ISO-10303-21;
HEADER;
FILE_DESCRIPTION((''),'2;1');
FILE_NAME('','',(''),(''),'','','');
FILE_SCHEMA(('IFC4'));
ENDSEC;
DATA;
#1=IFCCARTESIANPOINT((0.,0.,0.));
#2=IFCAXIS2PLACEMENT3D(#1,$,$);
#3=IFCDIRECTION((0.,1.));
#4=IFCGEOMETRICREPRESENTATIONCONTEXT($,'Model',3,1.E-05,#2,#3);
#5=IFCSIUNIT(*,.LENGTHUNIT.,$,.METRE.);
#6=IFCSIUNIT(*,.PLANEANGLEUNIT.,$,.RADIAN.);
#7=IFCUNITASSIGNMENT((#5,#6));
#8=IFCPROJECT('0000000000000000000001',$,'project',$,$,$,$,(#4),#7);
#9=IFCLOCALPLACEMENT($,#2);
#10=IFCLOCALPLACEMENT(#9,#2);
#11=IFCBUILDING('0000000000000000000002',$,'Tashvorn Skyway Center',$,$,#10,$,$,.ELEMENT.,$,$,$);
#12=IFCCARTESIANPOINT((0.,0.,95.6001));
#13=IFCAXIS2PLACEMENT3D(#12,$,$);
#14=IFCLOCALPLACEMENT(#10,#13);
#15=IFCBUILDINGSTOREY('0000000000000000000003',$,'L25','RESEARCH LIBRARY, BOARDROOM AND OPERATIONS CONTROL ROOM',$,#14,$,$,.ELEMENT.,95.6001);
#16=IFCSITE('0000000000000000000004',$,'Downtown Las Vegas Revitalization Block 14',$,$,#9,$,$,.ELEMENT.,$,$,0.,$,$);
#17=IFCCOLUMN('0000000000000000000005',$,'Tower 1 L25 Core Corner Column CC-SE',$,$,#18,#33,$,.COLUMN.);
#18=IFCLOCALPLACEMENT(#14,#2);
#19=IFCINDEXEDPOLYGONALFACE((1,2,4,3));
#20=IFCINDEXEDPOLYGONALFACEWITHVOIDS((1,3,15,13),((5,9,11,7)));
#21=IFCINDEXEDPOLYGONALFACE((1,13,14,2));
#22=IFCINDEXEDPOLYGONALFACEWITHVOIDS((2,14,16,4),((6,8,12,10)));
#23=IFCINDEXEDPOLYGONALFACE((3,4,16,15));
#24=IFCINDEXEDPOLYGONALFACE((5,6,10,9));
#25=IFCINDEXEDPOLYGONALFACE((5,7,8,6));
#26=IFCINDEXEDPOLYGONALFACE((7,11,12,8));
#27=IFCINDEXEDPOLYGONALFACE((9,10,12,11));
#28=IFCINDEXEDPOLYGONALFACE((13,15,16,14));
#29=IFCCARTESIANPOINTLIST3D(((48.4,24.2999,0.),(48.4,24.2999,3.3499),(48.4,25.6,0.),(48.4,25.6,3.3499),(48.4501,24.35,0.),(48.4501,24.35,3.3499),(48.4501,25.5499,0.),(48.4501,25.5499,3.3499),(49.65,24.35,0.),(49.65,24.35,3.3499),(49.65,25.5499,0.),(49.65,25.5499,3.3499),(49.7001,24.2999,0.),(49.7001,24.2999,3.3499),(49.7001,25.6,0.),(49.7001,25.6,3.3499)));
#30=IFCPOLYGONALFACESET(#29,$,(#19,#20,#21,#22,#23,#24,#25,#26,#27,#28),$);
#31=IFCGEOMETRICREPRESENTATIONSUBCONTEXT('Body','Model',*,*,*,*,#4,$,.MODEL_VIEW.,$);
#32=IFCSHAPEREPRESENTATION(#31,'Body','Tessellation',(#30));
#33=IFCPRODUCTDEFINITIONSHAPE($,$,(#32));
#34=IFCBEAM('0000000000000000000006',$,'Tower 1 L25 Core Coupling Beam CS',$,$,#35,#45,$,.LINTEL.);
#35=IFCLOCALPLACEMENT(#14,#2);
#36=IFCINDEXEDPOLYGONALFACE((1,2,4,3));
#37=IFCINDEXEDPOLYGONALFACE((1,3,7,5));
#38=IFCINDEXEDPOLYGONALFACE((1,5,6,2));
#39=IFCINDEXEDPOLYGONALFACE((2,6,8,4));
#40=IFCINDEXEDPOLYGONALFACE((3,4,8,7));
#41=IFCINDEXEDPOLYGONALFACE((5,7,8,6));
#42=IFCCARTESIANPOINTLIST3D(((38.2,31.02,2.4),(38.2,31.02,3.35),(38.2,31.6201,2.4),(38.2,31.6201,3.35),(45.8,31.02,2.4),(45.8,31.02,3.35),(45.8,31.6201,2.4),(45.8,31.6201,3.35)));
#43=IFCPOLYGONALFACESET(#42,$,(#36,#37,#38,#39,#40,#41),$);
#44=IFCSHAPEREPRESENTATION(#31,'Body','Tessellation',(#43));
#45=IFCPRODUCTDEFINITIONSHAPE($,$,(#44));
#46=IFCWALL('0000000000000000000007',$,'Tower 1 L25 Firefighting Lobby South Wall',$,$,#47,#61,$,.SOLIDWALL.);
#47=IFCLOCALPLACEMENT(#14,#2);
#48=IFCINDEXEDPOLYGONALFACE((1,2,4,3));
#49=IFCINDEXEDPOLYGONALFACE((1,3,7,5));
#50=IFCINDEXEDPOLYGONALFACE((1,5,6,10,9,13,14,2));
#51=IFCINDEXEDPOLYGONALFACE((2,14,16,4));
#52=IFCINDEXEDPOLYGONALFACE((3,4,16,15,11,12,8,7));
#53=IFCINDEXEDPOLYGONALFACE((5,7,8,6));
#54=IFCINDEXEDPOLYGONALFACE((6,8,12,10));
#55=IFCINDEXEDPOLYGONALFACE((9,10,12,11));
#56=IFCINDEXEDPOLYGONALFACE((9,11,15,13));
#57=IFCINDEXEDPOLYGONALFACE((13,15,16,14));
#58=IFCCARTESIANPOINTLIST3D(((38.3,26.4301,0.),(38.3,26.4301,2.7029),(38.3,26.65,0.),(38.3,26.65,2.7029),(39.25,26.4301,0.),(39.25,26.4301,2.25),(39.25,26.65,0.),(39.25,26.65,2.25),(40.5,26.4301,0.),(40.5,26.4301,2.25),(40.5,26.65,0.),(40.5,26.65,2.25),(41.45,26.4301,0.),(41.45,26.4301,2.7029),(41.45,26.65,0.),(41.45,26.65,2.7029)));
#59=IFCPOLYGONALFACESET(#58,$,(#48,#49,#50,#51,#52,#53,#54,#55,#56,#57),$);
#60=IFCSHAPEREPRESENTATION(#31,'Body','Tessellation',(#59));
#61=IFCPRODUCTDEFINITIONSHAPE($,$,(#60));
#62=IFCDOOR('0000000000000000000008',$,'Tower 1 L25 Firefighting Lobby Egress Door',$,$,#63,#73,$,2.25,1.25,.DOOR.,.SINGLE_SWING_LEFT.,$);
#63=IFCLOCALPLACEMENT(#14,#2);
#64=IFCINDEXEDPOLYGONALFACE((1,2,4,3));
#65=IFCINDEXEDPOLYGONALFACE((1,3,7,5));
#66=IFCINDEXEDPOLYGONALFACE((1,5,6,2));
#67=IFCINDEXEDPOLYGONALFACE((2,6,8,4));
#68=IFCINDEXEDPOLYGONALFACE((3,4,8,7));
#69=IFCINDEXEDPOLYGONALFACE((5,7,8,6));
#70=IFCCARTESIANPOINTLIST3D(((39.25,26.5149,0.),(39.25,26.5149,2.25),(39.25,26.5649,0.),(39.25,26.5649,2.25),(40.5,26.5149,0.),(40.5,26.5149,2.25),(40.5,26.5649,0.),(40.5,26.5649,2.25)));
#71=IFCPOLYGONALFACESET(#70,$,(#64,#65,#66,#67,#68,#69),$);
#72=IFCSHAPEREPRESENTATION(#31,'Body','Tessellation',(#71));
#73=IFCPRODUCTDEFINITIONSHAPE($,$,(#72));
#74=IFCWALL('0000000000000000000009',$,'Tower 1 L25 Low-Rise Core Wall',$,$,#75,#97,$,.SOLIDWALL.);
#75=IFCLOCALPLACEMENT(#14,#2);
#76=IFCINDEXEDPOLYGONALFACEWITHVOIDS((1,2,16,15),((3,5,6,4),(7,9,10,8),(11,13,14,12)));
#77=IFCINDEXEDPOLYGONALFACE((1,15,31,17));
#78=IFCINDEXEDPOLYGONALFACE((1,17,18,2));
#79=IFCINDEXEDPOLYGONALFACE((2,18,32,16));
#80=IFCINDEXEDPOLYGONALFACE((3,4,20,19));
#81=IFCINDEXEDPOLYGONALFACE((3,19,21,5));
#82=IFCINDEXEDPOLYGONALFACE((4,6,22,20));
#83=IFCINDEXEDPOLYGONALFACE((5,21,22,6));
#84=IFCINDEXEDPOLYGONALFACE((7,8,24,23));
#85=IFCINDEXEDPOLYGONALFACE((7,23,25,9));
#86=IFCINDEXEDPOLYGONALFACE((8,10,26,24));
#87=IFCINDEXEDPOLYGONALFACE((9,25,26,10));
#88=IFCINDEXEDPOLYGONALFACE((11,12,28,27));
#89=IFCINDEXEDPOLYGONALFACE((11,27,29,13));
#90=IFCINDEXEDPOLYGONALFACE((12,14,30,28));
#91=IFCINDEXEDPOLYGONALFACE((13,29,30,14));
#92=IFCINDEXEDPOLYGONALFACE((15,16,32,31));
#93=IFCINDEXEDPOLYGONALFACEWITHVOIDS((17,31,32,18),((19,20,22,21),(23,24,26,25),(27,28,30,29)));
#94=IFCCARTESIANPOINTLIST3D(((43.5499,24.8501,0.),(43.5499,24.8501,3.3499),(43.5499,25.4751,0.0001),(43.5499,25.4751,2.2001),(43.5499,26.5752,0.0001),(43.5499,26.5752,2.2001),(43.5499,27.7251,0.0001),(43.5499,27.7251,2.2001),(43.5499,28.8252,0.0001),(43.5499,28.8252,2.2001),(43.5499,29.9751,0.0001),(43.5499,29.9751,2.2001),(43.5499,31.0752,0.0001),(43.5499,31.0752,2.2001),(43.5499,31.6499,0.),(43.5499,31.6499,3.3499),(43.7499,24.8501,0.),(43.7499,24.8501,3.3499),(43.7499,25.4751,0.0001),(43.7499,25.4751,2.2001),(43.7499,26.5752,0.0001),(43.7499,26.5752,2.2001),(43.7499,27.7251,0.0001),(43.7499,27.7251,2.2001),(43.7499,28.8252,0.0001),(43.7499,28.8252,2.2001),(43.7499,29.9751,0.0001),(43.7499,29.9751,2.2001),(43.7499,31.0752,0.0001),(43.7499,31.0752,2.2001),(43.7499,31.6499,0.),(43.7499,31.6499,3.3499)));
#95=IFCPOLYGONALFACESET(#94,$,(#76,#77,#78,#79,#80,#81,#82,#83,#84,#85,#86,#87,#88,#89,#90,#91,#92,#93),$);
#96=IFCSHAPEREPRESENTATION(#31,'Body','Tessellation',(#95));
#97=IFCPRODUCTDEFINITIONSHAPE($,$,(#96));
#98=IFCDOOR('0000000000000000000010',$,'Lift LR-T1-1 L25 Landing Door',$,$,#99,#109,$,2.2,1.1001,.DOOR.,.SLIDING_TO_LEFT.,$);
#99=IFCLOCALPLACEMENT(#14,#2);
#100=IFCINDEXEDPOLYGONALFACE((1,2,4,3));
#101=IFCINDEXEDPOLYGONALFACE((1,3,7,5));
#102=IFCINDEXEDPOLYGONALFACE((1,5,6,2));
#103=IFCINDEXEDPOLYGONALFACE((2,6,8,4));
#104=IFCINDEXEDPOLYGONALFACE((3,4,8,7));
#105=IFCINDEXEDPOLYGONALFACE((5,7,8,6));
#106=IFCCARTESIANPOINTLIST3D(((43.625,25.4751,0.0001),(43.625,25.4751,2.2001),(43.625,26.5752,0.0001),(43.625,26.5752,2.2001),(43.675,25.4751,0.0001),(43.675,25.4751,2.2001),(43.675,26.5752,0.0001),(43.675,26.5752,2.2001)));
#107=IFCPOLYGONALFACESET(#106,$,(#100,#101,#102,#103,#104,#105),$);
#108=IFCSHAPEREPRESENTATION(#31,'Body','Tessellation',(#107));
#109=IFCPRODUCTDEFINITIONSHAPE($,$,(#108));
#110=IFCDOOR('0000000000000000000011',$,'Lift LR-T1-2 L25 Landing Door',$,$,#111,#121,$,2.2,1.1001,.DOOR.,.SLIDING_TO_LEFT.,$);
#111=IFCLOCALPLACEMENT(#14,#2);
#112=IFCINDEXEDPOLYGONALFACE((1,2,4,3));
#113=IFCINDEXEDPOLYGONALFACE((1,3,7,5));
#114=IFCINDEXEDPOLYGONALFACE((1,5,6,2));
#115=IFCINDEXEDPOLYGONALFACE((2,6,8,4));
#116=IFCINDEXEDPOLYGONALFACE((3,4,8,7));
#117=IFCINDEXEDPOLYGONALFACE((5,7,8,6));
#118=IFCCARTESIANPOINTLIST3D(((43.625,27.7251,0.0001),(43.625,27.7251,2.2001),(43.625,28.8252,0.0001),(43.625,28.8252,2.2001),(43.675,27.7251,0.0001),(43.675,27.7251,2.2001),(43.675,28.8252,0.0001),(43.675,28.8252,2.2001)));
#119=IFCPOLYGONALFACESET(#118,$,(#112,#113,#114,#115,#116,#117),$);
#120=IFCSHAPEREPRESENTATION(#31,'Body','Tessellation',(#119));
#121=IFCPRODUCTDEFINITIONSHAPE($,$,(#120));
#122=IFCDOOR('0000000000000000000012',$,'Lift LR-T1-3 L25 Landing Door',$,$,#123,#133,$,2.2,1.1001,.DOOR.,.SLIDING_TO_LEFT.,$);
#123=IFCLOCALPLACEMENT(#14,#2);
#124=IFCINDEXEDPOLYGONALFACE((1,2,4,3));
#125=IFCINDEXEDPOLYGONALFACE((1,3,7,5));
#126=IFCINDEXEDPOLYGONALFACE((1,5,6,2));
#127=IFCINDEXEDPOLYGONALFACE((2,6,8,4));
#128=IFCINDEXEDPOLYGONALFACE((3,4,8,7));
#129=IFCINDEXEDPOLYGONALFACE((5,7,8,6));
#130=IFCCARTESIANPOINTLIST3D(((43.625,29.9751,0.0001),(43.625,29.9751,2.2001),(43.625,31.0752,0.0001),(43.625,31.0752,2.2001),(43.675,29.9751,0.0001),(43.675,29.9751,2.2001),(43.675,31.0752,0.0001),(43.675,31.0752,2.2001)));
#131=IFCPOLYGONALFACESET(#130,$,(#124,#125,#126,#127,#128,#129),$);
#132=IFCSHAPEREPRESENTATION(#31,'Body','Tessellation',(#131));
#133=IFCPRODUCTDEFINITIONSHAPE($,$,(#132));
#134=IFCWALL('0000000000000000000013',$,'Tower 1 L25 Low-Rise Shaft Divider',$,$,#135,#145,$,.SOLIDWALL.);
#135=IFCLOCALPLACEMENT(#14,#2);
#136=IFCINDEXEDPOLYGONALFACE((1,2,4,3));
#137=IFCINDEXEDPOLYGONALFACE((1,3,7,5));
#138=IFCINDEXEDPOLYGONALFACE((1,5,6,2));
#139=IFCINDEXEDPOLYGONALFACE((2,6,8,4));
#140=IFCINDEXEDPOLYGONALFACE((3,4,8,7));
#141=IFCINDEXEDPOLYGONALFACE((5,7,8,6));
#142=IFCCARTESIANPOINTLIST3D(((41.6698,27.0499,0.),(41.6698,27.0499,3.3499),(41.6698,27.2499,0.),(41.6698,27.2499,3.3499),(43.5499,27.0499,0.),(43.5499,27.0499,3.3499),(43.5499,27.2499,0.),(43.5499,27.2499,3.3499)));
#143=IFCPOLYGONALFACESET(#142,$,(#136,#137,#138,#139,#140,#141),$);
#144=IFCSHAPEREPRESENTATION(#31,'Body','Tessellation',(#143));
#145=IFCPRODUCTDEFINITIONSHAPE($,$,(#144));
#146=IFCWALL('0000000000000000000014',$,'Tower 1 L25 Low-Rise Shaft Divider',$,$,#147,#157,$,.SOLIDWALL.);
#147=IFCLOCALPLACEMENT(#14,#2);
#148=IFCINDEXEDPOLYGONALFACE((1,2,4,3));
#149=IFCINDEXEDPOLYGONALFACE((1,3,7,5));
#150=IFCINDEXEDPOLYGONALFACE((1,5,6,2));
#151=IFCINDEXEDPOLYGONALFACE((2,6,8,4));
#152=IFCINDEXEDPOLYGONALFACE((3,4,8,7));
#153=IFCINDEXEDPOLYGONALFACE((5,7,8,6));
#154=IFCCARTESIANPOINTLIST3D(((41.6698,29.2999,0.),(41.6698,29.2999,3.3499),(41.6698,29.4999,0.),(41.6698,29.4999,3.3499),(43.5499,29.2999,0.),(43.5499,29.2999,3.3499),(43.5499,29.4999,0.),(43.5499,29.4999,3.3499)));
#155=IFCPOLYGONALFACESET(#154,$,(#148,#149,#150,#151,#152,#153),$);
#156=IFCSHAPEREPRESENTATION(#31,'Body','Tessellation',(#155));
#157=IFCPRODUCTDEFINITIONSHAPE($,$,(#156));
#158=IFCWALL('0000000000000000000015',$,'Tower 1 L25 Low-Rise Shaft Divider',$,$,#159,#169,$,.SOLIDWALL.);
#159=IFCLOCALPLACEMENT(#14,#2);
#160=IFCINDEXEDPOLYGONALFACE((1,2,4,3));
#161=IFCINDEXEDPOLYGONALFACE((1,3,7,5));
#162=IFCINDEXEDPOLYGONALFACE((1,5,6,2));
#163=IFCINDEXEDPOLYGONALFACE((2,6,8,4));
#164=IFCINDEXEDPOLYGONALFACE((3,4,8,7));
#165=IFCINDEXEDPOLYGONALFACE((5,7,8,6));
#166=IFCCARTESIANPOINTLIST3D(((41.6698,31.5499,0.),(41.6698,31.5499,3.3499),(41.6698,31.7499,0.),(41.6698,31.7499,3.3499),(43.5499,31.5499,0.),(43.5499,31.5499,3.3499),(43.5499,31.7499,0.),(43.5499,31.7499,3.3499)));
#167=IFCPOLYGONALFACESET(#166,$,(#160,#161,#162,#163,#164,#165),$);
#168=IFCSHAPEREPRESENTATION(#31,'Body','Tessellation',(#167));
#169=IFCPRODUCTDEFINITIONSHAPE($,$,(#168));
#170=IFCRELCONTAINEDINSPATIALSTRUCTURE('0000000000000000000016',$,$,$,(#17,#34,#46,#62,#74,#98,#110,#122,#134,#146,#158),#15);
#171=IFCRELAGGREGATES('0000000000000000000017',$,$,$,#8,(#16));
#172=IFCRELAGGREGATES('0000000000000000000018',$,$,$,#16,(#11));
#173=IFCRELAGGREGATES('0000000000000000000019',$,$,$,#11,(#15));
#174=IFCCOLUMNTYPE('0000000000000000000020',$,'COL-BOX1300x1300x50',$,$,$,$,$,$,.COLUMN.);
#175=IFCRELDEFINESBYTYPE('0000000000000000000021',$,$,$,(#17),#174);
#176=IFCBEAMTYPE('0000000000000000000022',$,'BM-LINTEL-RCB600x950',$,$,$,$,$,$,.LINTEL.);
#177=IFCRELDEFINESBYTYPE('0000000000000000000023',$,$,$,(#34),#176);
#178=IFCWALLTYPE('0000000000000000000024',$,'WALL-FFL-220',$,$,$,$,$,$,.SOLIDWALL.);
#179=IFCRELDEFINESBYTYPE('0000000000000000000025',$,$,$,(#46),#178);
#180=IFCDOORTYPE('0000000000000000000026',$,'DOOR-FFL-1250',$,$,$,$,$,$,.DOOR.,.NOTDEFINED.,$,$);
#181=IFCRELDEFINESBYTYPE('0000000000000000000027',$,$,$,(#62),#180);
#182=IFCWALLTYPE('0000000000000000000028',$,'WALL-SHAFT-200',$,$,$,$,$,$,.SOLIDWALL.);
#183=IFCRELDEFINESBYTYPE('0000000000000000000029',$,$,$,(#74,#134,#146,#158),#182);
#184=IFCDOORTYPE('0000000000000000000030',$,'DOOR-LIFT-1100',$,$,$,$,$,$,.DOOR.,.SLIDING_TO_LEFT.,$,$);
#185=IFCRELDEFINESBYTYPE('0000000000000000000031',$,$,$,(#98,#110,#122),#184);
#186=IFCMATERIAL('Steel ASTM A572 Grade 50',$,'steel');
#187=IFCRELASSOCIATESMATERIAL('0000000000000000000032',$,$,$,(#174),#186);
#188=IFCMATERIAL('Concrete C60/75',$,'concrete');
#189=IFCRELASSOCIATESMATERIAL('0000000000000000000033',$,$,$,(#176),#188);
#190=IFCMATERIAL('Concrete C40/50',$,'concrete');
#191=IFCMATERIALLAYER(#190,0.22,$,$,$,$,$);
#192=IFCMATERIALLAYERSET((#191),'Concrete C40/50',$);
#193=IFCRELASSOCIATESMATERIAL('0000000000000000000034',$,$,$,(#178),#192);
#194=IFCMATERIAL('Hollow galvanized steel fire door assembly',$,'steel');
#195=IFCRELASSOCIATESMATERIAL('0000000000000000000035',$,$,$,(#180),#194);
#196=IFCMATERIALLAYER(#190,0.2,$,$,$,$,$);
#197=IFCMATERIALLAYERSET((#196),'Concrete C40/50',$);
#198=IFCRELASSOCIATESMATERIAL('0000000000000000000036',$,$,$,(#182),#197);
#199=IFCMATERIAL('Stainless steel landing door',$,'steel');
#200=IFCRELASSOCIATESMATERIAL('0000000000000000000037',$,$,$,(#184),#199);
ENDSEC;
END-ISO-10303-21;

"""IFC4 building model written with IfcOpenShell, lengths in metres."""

from ifc_helpers import new_model, si_unit, direction, frame, frame_2d, origin, origin_2d, place, context, subcontext, project, spatial, rectangle, hollow_rectangle, extrude, material, layer, layer_set, material_profile, profile_set, type_object, element, fill, save


model = new_model("IFC4")

# Units and contexts
model_context = context("Model", 3, precision=1e-05, world=origin(), true_north=direction((0.0, 1.0)))
body_context = subcontext(model_context, "Body", "Model", "MODEL_VIEW")
ifc_project = project(units=[si_unit("LENGTHUNIT", "METRE"), si_unit("PLANEANGLEUNIT", "RADIAN")], contexts=[model_context])

# Site, building, storey
site_placement = place(None, origin())
site = spatial("IfcSite", under=ifc_project, at=site_placement, Name="Downtown Las Vegas Revitalization Block 14", CompositionType="ELEMENT", RefElevation=0.0)
building_placement = place(site_placement, origin())
building = spatial("IfcBuilding", under=site, at=building_placement, Name="Tashvorn Skyway Center", CompositionType="ELEMENT")
storey_placement = place(building_placement, frame((0.0, 0.0, 95.6001)))
storey = spatial("IfcBuildingStorey", under=building, at=storey_placement, Name="L25", Description="RESEARCH LIBRARY, BOARDROOM AND OPERATIONS CONTROL ROOM", CompositionType="ELEMENT", Elevation=95.6001)

# Column
ifc_material_1 = material(Name="Steel ASTM A572 Grade 50", Category="steel")
ifc_material_profile_1 = material_profile(ifc_material_1, hollow_rectangle(XDim=1.3, YDim=1.3, WallThickness=0.05, at=origin_2d()), Name="BOX1300x1300x50")
ifc_profile_set_1 = profile_set([ifc_material_profile_1], Name="Steel ASTM A572 Grade 50")
column_type = type_object("IfcColumnType", Name="COL-BOX1300x1300x50", PredefinedType="COLUMN", material=ifc_profile_set_1)
column_placement = place(storey_placement, frame((49.05, 24.95, 0.0), z_axis=(0.0, 0.0, 1.0), x_axis=(1.0, 0.0, 0.0)))
element("IfcColumn", 1, at=column_placement, inside=storey, type_object=column_type, Name="Tower 1 L25 Core Corner Column CC-SE", PredefinedType="COLUMN", context=body_context, shape_type="SweptSolid", body=[
    extrude(hollow_rectangle(XDim=1.3, YDim=1.3, WallThickness=0.05, at=origin_2d()), origin(), (0.0, 0.0, 1.0), 3.3499),
])

# Beam
ifc_material_2 = material(Name="Concrete C60/75", Category="concrete")
ifc_material_profile_2 = material_profile(ifc_material_2, rectangle(XDim=0.6001, YDim=0.95, at=origin_2d()), Name="RCB600x950")
ifc_profile_set_2 = profile_set([ifc_material_profile_2], Name="Concrete C60/75")
beam_type = type_object("IfcBeamType", Name="BM-LINTEL-RCB600x950", PredefinedType="LINTEL", material=ifc_profile_set_2)
beam_placement = place(storey_placement, frame((38.2, 31.3201, 2.875), z_axis=(1.0, 0.0, 0.0), x_axis=(0.0, 1.0, 0.0)))
element("IfcBeam", 2, at=beam_placement, inside=storey, type_object=beam_type, Name="Tower 1 L25 Core Coupling Beam CS", PredefinedType="LINTEL", context=body_context, shape_type="SweptSolid", body=[
    extrude(rectangle(XDim=0.6001, YDim=0.95, at=origin_2d()), origin(), (0.0, 0.0, 1.0), 7.6001),
])

# Wall, opening, door
ifc_material_3 = material(Name="Concrete C40/50", Category="concrete")
ifc_layer_1 = layer(ifc_material_3, 0.22)
ifc_layer_set_1 = layer_set([ifc_layer_1], Name="Concrete C40/50")
wall_type_1 = type_object("IfcWallType", Name="WALL-FFL-220", PredefinedType="SOLIDWALL", material=ifc_layer_set_1)
wall_1_placement = place(storey_placement, frame((38.3, 26.54, 0.0), z_axis=(0.0, 0.0, 1.0), x_axis=(1.0, 0.0, 0.0)))
wall_1 = element("IfcWall", 3, at=wall_1_placement, inside=storey, type_object=wall_type_1, Name="Tower 1 L25 Firefighting Lobby South Wall", PredefinedType="SOLIDWALL", context=body_context, shape_type="SweptSolid", body=[
    extrude(rectangle(XDim=3.1499, YDim=0.22, at=frame_2d((1.575, 0.0))), origin(), (0.0, 0.0, 1.0), 2.7029),
])
opening_1_placement = place(wall_1_placement, frame((0.95, 0.0, 0.0)))
opening_1 = element("IfcOpeningElement", 4, at=opening_1_placement, cuts=wall_1, PredefinedType="OPENING", context=body_context, shape_type="SweptSolid", body=[
    extrude(rectangle(XDim=1.25, YDim=2.25, at=frame_2d((0.625, 1.125))), frame((0.0, 0.1199, 0.0), z_axis=(0.0, -1.0, 0.0), x_axis=(1.0, 0.0, 0.0)), (0.0, 0.0, 1.0), 0.24),
])
ifc_material_4 = material(Name="Hollow galvanized steel fire door assembly", Category="steel")
door_type_1 = type_object("IfcDoorType", Name="DOOR-FFL-1250", OperationType="NOTDEFINED", PredefinedType="DOOR", material=ifc_material_4)
door_1_placement = place(opening_1_placement, origin())
door_1 = element("IfcDoor", 5, at=door_1_placement, inside=storey, type_object=door_type_1, Name="Tower 1 L25 Firefighting Lobby Egress Door", OperationType="SINGLE_SWING_LEFT", OverallHeight=2.25, OverallWidth=1.25, PredefinedType="DOOR", context=body_context, shape_type="SweptSolid", body=[
    extrude(rectangle(XDim=1.25, YDim=2.25, at=frame_2d((0.625, 1.125))), frame((0.0, 0.0249, 0.0), z_axis=(0.0, -1.0, 0.0), x_axis=(1.0, 0.0, 0.0)), (0.0, 0.0, 1.0), 0.05),
])
fill(opening_1, door_1)

# Wall, openings, doors
ifc_layer_2 = layer(ifc_material_3, 0.2)
ifc_layer_set_2 = layer_set([ifc_layer_2], Name="Concrete C40/50")
wall_type_2 = type_object("IfcWallType", Name="WALL-SHAFT-200", PredefinedType="SOLIDWALL", material=ifc_layer_set_2)
wall_2_placement = place(storey_placement, frame((43.6499, 24.8501, 0.0), z_axis=(0.0, 0.0, 1.0), x_axis=(0.0, 1.0, 0.0)))
wall_2 = element("IfcWall", 6, at=wall_2_placement, inside=storey, type_object=wall_type_2, Name="Tower 1 L25 Low-Rise Core Wall", PredefinedType="SOLIDWALL", context=body_context, shape_type="SweptSolid", body=[
    extrude(rectangle(XDim=6.7998, YDim=0.2, at=frame_2d((3.3999, 0.0))), origin(), (0.0, 0.0, 1.0), 3.3499),
])
opening_2_placement = place(wall_2_placement, frame((0.625, 0.0, 0.0)))
opening_2 = element("IfcOpeningElement", 7, at=opening_2_placement, cuts=wall_2, PredefinedType="OPENING", context=body_context, shape_type="SweptSolid", body=[
    extrude(rectangle(XDim=1.1001, YDim=2.2, at=frame_2d((0.55, 1.1001))), frame((0.0, 0.1099, 0.0), z_axis=(0.0, -1.0, 0.0), x_axis=(1.0, 0.0, 0.0)), (0.0, 0.0, 1.0), 0.22),
])
opening_3_placement = place(wall_2_placement, frame((2.875, 0.0, 0.0)))
opening_3 = element("IfcOpeningElement", 8, at=opening_3_placement, cuts=wall_2, PredefinedType="OPENING", context=body_context, shape_type="SweptSolid", body=[
    extrude(rectangle(XDim=1.1001, YDim=2.2, at=frame_2d((0.55, 1.1001))), frame((0.0, 0.1099, 0.0), z_axis=(0.0, -1.0, 0.0), x_axis=(1.0, 0.0, 0.0)), (0.0, 0.0, 1.0), 0.22),
])
opening_4_placement = place(wall_2_placement, frame((5.125, 0.0, 0.0)))
opening_4 = element("IfcOpeningElement", 9, at=opening_4_placement, cuts=wall_2, PredefinedType="OPENING", context=body_context, shape_type="SweptSolid", body=[
    extrude(rectangle(XDim=1.1001, YDim=2.2, at=frame_2d((0.55, 1.1001))), frame((0.0, 0.1099, 0.0), z_axis=(0.0, -1.0, 0.0), x_axis=(1.0, 0.0, 0.0)), (0.0, 0.0, 1.0), 0.22),
])
ifc_material_5 = material(Name="Stainless steel landing door", Category="steel")
door_type_2 = type_object("IfcDoorType", Name="DOOR-LIFT-1100", OperationType="SLIDING_TO_LEFT", PredefinedType="DOOR", material=ifc_material_5)
door_2_placement = place(opening_2_placement, origin())
door_2 = element("IfcDoor", 10, at=door_2_placement, inside=storey, type_object=door_type_2, Name="Lift LR-T1-1 L25 Landing Door", OperationType="SLIDING_TO_LEFT", OverallHeight=2.2, OverallWidth=1.1001, PredefinedType="DOOR", context=body_context, shape_type="SweptSolid", body=[
    extrude(rectangle(XDim=1.1001, YDim=2.2, at=frame_2d((0.55, 1.1001))), frame((0.0, 0.0249, 0.0), z_axis=(0.0, -1.0, 0.0), x_axis=(1.0, 0.0, 0.0)), (0.0, 0.0, 1.0), 0.05),
])
fill(opening_2, door_2)
door_3_placement = place(opening_3_placement, origin())
door_3 = element("IfcDoor", 11, at=door_3_placement, inside=storey, type_object=door_type_2, Name="Lift LR-T1-2 L25 Landing Door", OperationType="SLIDING_TO_LEFT", OverallHeight=2.2, OverallWidth=1.1001, PredefinedType="DOOR", context=body_context, shape_type="SweptSolid", body=[
    extrude(rectangle(XDim=1.1001, YDim=2.2, at=frame_2d((0.55, 1.1001))), frame((0.0, 0.0249, 0.0), z_axis=(0.0, -1.0, 0.0), x_axis=(1.0, 0.0, 0.0)), (0.0, 0.0, 1.0), 0.05),
])
fill(opening_3, door_3)
door_4_placement = place(opening_4_placement, origin())
door_4 = element("IfcDoor", 12, at=door_4_placement, inside=storey, type_object=door_type_2, Name="Lift LR-T1-3 L25 Landing Door", OperationType="SLIDING_TO_LEFT", OverallHeight=2.2, OverallWidth=1.1001, PredefinedType="DOOR", context=body_context, shape_type="SweptSolid", body=[
    extrude(rectangle(XDim=1.1001, YDim=2.2, at=frame_2d((0.55, 1.1001))), frame((0.0, 0.0249, 0.0), z_axis=(0.0, -1.0, 0.0), x_axis=(1.0, 0.0, 0.0)), (0.0, 0.0, 1.0), 0.05),
])
fill(opening_4, door_4)

# Walls
for number, where, z_axis, x_axis, name in (
    (13, (41.6699, 27.1499, 0.0), (0.0, 0.0, 1.0), (1.0, 0.0, 0.0), "Tower 1 L25 Low-Rise Shaft Divider"),
    (14, (41.6699, 29.3999, 0.0), (0.0, 0.0, 1.0), (1.0, 0.0, 0.0), "Tower 1 L25 Low-Rise Shaft Divider"),
    (15, (41.6699, 31.6499, 0.0), (0.0, 0.0, 1.0), (1.0, 0.0, 0.0), "Tower 1 L25 Low-Rise Shaft Divider"),
):
    element("IfcWall", number, at=place(storey_placement, frame(where, z_axis=z_axis, x_axis=x_axis)), inside=storey, type_object=wall_type_2, Name=name, PredefinedType="SOLIDWALL", context=body_context, shape_type="SweptSolid", body=[
        extrude(rectangle(XDim=1.8801, YDim=0.2, at=frame_2d((0.9399, 0.0))), origin(), (0.0, 0.0, 1.0), 3.3499),
    ])

save(model, "model.ifc")
